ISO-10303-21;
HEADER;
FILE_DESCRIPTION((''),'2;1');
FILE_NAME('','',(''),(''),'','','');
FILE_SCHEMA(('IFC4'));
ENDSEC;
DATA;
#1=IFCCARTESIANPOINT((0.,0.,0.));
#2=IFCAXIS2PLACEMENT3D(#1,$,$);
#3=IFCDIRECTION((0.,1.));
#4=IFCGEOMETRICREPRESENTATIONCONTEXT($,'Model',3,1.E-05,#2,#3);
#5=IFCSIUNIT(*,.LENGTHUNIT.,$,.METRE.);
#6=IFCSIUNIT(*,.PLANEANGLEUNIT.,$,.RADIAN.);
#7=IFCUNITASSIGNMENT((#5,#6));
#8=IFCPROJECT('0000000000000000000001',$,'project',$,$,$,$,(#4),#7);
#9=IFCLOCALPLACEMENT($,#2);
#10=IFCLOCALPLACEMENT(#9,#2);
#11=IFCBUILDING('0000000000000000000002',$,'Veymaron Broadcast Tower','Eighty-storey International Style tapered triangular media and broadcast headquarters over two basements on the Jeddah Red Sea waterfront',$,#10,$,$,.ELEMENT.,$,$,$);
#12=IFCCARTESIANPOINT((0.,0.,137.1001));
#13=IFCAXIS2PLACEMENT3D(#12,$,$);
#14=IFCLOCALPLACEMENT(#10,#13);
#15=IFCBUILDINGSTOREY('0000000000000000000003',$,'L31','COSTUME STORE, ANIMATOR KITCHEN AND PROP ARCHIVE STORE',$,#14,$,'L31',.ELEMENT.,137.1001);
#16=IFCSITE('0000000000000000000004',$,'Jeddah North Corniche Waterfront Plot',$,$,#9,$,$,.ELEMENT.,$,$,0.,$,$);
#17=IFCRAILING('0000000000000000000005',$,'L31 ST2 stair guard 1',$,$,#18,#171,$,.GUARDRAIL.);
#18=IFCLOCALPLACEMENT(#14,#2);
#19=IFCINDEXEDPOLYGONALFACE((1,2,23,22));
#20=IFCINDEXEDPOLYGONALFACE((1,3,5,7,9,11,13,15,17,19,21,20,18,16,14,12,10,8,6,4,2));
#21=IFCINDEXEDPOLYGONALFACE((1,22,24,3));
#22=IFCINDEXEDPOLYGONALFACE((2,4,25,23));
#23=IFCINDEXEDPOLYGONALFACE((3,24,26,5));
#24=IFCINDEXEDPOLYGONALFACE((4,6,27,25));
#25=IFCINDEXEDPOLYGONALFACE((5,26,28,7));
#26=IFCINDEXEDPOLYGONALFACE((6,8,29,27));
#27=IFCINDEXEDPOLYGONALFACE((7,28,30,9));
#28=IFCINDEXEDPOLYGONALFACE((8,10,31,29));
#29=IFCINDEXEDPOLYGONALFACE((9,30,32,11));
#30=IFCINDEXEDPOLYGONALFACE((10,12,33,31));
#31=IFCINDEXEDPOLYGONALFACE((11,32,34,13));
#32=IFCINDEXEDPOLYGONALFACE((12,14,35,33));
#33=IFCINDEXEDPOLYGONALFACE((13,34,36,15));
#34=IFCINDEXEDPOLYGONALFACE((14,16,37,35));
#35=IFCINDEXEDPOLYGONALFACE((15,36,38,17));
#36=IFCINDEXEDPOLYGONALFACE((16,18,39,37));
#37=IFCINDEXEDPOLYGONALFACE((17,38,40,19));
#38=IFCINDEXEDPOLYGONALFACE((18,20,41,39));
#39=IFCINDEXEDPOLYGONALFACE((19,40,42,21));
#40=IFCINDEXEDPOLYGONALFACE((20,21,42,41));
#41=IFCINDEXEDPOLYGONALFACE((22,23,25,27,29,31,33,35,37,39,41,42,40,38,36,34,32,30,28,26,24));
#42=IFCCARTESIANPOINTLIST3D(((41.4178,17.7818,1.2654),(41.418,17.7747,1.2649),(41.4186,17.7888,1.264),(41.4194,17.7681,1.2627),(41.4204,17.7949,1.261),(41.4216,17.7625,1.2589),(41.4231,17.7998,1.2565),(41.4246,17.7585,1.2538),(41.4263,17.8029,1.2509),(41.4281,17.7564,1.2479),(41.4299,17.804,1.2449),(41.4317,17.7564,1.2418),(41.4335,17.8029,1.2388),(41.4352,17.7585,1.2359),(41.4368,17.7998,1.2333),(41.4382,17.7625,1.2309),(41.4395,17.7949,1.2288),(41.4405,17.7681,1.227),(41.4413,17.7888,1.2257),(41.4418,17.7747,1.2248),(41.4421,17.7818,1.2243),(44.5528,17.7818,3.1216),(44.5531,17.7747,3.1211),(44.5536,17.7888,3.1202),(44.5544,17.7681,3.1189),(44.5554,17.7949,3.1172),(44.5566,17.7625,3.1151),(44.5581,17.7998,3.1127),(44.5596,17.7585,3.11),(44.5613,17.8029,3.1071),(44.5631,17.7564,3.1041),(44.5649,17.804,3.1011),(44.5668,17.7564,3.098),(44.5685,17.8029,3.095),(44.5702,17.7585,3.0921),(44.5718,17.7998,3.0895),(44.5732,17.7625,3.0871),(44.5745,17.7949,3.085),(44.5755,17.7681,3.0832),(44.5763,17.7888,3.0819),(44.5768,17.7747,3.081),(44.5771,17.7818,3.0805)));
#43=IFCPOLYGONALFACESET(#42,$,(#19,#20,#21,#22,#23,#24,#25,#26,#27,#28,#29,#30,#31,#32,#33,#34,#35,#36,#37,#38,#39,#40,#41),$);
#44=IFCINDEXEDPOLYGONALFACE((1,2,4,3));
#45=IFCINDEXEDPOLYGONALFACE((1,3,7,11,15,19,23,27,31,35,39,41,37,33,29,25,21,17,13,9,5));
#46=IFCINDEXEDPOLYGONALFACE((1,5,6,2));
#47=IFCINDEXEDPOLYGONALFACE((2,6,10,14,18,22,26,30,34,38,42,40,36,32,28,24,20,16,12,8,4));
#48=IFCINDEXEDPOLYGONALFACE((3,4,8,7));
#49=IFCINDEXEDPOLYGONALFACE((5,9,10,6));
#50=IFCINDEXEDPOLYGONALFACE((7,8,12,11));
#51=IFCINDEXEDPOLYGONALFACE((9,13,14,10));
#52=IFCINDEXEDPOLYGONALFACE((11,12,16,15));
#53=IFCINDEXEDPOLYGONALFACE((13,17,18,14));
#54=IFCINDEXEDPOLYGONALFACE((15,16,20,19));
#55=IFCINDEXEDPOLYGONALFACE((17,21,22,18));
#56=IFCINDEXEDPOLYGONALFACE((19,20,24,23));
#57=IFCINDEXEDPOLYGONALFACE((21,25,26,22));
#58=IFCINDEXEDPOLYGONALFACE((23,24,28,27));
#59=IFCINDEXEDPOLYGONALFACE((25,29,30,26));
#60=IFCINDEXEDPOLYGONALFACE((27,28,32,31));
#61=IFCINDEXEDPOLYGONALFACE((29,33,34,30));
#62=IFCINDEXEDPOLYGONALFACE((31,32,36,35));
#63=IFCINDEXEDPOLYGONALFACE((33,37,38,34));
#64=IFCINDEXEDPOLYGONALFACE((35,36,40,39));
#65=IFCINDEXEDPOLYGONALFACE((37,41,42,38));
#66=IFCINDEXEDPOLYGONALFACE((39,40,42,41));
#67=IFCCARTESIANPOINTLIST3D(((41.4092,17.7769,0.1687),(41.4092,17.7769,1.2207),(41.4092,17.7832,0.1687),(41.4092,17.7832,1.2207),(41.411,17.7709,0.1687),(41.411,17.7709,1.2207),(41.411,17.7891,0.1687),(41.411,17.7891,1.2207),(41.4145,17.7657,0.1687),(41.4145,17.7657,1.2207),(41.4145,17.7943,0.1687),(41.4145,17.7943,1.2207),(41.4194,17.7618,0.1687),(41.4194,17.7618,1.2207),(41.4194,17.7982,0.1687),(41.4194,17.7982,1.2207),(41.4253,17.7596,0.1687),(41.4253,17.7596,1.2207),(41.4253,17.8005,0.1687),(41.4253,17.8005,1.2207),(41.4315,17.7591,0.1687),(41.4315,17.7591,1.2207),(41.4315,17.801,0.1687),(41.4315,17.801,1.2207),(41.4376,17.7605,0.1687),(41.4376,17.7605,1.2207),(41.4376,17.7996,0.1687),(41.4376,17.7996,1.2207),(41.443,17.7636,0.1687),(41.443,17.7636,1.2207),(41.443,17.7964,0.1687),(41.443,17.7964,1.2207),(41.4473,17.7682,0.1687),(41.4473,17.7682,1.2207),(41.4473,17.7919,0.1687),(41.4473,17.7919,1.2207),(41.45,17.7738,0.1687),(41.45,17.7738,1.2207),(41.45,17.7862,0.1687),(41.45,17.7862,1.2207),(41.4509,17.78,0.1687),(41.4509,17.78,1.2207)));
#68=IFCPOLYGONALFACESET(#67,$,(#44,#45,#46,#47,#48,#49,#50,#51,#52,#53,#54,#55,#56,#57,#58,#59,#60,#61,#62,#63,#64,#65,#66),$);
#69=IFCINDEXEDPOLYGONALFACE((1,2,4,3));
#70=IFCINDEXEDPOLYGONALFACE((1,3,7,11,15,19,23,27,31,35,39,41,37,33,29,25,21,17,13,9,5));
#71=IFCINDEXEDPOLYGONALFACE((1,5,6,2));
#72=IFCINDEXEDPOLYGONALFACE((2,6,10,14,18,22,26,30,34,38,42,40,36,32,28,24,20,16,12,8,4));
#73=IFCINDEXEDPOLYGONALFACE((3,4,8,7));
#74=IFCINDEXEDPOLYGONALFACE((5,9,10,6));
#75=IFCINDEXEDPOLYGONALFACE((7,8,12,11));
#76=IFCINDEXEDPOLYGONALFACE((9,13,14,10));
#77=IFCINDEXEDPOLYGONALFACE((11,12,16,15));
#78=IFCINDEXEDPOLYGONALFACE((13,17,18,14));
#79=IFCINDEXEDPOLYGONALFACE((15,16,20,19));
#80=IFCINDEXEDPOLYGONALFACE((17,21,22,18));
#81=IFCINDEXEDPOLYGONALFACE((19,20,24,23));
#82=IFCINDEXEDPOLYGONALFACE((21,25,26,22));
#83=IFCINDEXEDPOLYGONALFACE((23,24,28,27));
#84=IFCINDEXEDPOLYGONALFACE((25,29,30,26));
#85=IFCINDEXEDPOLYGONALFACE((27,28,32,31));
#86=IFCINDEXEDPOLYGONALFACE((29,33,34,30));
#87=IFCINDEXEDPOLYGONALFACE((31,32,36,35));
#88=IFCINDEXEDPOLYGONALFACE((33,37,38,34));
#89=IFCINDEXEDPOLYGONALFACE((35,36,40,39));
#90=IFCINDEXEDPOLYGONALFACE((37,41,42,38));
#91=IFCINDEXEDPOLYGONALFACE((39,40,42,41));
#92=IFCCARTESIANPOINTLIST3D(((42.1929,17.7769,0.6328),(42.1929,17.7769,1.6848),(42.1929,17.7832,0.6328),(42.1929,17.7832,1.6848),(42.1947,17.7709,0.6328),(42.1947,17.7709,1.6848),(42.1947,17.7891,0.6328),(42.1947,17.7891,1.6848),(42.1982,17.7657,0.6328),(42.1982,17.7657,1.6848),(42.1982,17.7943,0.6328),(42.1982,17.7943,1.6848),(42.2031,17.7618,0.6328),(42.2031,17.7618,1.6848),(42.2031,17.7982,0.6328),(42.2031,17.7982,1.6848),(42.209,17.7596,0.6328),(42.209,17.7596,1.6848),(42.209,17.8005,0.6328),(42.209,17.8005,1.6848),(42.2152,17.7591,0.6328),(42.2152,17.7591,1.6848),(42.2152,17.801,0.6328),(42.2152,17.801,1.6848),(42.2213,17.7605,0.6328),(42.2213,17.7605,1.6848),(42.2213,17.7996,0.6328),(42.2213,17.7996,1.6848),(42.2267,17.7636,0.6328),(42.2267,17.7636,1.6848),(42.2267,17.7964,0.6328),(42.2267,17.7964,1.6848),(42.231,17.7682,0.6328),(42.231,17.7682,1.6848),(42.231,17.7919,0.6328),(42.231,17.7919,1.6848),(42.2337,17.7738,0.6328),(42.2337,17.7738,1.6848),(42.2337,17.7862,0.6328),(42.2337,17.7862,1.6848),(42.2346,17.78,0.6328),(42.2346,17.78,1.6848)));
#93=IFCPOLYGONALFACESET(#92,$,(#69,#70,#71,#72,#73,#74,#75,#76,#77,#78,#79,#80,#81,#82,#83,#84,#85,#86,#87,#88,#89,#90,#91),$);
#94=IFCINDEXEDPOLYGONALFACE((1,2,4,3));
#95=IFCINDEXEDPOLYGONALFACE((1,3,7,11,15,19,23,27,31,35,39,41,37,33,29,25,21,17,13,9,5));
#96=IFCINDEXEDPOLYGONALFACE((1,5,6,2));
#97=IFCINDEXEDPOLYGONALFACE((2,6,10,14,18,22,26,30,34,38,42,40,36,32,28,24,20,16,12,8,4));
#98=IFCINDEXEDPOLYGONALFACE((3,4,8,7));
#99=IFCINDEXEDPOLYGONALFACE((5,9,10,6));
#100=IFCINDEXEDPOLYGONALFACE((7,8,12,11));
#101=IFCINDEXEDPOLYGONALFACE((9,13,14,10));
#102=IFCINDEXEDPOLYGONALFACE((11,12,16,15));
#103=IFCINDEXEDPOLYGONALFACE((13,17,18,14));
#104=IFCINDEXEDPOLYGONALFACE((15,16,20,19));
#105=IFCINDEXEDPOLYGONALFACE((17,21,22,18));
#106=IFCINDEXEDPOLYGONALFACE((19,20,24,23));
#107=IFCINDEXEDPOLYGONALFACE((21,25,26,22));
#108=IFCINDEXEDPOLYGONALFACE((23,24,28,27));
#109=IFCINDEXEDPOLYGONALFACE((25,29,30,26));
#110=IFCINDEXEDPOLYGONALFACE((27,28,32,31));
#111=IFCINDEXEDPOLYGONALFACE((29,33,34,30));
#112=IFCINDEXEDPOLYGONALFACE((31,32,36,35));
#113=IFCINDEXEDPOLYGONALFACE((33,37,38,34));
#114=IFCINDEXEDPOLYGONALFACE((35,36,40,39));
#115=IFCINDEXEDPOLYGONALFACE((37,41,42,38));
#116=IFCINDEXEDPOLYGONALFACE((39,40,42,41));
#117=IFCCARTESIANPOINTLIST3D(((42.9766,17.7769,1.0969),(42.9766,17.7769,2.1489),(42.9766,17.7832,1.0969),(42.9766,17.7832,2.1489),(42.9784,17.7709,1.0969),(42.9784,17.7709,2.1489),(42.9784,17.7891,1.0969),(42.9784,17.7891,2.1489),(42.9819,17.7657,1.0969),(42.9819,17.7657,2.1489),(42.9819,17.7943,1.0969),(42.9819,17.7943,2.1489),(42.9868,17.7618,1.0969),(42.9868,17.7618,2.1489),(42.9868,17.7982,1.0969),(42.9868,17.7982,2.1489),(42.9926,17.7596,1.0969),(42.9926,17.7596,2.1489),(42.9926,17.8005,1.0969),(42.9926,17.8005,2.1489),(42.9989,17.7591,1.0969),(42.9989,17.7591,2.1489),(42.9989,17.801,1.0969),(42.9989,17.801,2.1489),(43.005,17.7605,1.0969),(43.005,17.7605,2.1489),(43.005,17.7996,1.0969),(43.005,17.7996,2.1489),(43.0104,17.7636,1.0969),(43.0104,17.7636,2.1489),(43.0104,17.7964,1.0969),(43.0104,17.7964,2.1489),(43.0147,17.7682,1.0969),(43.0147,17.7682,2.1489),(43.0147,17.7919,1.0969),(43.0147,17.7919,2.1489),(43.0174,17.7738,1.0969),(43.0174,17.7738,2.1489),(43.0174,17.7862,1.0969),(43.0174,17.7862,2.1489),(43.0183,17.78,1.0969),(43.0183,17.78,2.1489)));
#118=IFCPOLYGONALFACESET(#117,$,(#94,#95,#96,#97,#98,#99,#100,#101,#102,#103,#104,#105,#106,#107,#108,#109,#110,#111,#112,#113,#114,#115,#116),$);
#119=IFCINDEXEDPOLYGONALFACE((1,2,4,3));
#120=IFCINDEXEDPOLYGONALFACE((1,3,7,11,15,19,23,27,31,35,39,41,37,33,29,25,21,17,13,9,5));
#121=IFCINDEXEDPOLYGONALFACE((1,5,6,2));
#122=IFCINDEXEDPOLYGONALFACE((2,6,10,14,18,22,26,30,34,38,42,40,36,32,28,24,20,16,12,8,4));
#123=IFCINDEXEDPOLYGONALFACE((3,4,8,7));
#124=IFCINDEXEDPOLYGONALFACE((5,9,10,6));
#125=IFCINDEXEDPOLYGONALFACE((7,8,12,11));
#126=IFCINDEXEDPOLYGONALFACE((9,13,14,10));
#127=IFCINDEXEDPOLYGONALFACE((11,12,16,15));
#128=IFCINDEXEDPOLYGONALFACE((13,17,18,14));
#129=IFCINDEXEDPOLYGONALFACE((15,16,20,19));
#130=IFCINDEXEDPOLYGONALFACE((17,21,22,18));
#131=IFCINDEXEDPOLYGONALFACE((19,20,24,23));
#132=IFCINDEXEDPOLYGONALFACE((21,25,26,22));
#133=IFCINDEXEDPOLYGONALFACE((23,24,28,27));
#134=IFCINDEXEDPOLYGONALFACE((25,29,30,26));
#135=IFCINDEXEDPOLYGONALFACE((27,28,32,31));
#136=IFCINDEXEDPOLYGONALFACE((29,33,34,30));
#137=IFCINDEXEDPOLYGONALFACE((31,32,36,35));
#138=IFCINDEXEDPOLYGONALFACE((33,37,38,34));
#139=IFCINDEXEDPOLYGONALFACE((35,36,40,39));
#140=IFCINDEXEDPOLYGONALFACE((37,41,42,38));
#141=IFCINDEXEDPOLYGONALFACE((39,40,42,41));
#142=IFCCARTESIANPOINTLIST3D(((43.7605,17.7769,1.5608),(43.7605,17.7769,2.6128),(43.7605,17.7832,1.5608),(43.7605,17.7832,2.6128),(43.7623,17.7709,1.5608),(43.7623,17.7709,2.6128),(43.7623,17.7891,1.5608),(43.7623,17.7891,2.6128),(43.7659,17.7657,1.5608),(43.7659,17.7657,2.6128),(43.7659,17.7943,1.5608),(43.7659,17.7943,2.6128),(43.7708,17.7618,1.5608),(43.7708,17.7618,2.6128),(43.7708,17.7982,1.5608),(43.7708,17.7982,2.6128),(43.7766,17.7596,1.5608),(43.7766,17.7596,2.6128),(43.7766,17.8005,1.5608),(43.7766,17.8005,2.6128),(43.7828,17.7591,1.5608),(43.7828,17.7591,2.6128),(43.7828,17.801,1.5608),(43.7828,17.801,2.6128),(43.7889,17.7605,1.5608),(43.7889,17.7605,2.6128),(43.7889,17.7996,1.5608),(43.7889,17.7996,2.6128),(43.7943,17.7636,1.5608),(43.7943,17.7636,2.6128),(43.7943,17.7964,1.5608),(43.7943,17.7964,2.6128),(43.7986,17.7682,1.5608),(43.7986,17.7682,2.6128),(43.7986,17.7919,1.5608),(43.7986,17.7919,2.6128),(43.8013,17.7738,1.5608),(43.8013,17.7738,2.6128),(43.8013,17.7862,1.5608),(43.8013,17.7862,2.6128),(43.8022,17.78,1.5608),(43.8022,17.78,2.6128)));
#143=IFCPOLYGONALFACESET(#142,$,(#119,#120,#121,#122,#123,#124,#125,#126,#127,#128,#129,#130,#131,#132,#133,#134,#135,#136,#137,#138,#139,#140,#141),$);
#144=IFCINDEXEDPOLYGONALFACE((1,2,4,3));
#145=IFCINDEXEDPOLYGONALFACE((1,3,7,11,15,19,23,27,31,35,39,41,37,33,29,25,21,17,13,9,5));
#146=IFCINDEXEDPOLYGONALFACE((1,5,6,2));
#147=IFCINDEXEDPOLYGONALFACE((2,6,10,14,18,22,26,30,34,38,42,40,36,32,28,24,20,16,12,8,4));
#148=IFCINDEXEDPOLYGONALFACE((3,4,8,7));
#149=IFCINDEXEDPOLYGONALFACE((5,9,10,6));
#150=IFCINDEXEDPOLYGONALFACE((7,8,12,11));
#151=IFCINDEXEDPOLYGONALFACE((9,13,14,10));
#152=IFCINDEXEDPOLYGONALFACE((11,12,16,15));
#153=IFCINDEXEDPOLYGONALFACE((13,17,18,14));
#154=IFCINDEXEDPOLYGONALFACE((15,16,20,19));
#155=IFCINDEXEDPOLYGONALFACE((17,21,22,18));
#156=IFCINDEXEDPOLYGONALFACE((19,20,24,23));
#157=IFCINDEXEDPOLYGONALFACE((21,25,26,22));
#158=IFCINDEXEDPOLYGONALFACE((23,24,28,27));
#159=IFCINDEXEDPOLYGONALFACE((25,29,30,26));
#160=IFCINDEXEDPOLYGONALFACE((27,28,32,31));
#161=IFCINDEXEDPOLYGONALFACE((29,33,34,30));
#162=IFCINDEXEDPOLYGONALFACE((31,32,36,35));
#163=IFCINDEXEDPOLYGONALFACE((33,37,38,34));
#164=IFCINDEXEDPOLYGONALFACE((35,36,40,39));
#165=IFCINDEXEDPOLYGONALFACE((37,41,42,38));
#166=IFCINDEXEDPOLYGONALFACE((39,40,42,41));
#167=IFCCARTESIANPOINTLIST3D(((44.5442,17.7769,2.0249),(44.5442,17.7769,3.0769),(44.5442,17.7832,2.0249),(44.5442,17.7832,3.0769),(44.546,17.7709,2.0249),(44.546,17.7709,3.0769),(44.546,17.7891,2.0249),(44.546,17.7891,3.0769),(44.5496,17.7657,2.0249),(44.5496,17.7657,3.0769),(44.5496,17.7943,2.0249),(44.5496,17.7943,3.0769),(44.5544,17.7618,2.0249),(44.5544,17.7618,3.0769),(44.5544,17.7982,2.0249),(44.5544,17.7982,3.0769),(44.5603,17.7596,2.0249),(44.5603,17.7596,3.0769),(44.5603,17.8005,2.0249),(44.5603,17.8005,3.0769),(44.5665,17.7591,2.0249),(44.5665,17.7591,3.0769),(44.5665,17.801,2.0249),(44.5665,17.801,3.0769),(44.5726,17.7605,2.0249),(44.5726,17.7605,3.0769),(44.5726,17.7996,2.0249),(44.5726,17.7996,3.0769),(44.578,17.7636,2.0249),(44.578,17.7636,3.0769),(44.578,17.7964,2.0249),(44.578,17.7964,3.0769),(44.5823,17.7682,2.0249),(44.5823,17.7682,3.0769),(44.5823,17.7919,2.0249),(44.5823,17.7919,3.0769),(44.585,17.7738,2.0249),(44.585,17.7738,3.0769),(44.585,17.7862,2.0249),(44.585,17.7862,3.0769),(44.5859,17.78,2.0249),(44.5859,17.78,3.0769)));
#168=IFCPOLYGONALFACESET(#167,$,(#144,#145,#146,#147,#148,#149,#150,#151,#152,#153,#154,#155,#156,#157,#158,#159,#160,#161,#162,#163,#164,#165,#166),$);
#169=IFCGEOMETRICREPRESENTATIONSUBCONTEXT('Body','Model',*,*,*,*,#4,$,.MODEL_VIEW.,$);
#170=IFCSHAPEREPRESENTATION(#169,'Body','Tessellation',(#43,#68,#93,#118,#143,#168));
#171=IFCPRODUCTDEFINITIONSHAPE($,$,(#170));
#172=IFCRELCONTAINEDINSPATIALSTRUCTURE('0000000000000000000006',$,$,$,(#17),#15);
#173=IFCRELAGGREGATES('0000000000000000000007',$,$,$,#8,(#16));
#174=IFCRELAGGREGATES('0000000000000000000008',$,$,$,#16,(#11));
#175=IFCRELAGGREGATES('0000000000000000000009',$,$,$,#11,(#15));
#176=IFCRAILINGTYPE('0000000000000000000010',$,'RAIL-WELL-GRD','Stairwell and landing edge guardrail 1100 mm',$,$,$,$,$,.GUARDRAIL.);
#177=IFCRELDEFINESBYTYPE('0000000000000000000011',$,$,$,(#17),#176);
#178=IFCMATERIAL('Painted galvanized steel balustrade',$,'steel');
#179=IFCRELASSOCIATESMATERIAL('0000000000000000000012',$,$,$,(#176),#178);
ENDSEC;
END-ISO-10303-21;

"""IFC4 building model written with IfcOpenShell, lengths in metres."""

from ifc_helpers import new_model, si_unit, direction, frame, origin, origin_2d, place, context, subcontext, project, spatial, circle, extrude, material, type_object, element, save


model = new_model("IFC4")

# Units and contexts
model_context = context("Model", 3, precision=1e-05, world=origin(), true_north=direction((0.0, 1.0)))
body_context = subcontext(model_context, "Body", "Model", "MODEL_VIEW")
ifc_project = project(units=[si_unit("LENGTHUNIT", "METRE"), si_unit("PLANEANGLEUNIT", "RADIAN")], contexts=[model_context])

# Site, building, storey
site_placement = place(None, origin())
site = spatial("IfcSite", under=ifc_project, at=site_placement, Name="Jeddah North Corniche Waterfront Plot", CompositionType="ELEMENT", RefElevation=0.0)
building_placement = place(site_placement, origin())
building = spatial("IfcBuilding", under=site, at=building_placement, Name="Veymaron Broadcast Tower", Description="Eighty-storey International Style tapered triangular media and broadcast headquarters over two basements on the Jeddah Red Sea waterfront", CompositionType="ELEMENT")
storey_placement = place(building_placement, frame((0.0, 0.0, 137.1001)))
storey = spatial("IfcBuildingStorey", under=building, at=storey_placement, Name="L31", Description="COSTUME STORE, ANIMATOR KITCHEN AND PROP ARCHIVE STORE", LongName="L31", CompositionType="ELEMENT", Elevation=137.1001)

# Railing
ifc_material_1 = material(Name="Painted galvanized steel balustrade", Category="steel")
railing_type_1 = type_object("IfcRailingType", Name="RAIL-WELL-GRD", Description="Stairwell and landing edge guardrail 1100 mm", PredefinedType="GUARDRAIL", material=ifc_material_1)
railing_1_placement = place(storey_placement, frame((41.4299, 17.78, 0.1687)))
element("IfcRailing", 1, at=railing_1_placement, inside=storey, type_object=railing_type_1, Name="L31 ST2 stair guard 1", PredefinedType="GUARDRAIL", context=body_context, shape_type="SweptSolid", body=[
    extrude(circle(Radius=0.0239, at=origin_2d()), frame((0.0, 0.0, 1.0762), z_axis=(0.860482, 0.0, 0.509481), x_axis=(0.0, 1.0, 0.0)), (0.0, 0.0, 1.0), 3.6433),
    extrude(circle(Radius=0.021, at=origin_2d()), origin(), (0.0, 0.0, 1.0), 1.052),
    extrude(circle(Radius=0.021, at=origin_2d()), frame((0.7837, 0.0, 0.4641)), (0.0, 0.0, 1.0), 1.052),
    extrude(circle(Radius=0.021, at=origin_2d()), frame((1.5674, 0.0, 0.9282)), (0.0, 0.0, 1.0), 1.052),
    extrude(circle(Radius=0.021, at=origin_2d()), frame((2.3513, 0.0, 1.3921)), (0.0, 0.0, 1.0), 1.052),
    extrude(circle(Radius=0.021, at=origin_2d()), frame((3.135, 0.0, 1.8562)), (0.0, 0.0, 1.0), 1.052),
])

save(model, "model.ifc")
